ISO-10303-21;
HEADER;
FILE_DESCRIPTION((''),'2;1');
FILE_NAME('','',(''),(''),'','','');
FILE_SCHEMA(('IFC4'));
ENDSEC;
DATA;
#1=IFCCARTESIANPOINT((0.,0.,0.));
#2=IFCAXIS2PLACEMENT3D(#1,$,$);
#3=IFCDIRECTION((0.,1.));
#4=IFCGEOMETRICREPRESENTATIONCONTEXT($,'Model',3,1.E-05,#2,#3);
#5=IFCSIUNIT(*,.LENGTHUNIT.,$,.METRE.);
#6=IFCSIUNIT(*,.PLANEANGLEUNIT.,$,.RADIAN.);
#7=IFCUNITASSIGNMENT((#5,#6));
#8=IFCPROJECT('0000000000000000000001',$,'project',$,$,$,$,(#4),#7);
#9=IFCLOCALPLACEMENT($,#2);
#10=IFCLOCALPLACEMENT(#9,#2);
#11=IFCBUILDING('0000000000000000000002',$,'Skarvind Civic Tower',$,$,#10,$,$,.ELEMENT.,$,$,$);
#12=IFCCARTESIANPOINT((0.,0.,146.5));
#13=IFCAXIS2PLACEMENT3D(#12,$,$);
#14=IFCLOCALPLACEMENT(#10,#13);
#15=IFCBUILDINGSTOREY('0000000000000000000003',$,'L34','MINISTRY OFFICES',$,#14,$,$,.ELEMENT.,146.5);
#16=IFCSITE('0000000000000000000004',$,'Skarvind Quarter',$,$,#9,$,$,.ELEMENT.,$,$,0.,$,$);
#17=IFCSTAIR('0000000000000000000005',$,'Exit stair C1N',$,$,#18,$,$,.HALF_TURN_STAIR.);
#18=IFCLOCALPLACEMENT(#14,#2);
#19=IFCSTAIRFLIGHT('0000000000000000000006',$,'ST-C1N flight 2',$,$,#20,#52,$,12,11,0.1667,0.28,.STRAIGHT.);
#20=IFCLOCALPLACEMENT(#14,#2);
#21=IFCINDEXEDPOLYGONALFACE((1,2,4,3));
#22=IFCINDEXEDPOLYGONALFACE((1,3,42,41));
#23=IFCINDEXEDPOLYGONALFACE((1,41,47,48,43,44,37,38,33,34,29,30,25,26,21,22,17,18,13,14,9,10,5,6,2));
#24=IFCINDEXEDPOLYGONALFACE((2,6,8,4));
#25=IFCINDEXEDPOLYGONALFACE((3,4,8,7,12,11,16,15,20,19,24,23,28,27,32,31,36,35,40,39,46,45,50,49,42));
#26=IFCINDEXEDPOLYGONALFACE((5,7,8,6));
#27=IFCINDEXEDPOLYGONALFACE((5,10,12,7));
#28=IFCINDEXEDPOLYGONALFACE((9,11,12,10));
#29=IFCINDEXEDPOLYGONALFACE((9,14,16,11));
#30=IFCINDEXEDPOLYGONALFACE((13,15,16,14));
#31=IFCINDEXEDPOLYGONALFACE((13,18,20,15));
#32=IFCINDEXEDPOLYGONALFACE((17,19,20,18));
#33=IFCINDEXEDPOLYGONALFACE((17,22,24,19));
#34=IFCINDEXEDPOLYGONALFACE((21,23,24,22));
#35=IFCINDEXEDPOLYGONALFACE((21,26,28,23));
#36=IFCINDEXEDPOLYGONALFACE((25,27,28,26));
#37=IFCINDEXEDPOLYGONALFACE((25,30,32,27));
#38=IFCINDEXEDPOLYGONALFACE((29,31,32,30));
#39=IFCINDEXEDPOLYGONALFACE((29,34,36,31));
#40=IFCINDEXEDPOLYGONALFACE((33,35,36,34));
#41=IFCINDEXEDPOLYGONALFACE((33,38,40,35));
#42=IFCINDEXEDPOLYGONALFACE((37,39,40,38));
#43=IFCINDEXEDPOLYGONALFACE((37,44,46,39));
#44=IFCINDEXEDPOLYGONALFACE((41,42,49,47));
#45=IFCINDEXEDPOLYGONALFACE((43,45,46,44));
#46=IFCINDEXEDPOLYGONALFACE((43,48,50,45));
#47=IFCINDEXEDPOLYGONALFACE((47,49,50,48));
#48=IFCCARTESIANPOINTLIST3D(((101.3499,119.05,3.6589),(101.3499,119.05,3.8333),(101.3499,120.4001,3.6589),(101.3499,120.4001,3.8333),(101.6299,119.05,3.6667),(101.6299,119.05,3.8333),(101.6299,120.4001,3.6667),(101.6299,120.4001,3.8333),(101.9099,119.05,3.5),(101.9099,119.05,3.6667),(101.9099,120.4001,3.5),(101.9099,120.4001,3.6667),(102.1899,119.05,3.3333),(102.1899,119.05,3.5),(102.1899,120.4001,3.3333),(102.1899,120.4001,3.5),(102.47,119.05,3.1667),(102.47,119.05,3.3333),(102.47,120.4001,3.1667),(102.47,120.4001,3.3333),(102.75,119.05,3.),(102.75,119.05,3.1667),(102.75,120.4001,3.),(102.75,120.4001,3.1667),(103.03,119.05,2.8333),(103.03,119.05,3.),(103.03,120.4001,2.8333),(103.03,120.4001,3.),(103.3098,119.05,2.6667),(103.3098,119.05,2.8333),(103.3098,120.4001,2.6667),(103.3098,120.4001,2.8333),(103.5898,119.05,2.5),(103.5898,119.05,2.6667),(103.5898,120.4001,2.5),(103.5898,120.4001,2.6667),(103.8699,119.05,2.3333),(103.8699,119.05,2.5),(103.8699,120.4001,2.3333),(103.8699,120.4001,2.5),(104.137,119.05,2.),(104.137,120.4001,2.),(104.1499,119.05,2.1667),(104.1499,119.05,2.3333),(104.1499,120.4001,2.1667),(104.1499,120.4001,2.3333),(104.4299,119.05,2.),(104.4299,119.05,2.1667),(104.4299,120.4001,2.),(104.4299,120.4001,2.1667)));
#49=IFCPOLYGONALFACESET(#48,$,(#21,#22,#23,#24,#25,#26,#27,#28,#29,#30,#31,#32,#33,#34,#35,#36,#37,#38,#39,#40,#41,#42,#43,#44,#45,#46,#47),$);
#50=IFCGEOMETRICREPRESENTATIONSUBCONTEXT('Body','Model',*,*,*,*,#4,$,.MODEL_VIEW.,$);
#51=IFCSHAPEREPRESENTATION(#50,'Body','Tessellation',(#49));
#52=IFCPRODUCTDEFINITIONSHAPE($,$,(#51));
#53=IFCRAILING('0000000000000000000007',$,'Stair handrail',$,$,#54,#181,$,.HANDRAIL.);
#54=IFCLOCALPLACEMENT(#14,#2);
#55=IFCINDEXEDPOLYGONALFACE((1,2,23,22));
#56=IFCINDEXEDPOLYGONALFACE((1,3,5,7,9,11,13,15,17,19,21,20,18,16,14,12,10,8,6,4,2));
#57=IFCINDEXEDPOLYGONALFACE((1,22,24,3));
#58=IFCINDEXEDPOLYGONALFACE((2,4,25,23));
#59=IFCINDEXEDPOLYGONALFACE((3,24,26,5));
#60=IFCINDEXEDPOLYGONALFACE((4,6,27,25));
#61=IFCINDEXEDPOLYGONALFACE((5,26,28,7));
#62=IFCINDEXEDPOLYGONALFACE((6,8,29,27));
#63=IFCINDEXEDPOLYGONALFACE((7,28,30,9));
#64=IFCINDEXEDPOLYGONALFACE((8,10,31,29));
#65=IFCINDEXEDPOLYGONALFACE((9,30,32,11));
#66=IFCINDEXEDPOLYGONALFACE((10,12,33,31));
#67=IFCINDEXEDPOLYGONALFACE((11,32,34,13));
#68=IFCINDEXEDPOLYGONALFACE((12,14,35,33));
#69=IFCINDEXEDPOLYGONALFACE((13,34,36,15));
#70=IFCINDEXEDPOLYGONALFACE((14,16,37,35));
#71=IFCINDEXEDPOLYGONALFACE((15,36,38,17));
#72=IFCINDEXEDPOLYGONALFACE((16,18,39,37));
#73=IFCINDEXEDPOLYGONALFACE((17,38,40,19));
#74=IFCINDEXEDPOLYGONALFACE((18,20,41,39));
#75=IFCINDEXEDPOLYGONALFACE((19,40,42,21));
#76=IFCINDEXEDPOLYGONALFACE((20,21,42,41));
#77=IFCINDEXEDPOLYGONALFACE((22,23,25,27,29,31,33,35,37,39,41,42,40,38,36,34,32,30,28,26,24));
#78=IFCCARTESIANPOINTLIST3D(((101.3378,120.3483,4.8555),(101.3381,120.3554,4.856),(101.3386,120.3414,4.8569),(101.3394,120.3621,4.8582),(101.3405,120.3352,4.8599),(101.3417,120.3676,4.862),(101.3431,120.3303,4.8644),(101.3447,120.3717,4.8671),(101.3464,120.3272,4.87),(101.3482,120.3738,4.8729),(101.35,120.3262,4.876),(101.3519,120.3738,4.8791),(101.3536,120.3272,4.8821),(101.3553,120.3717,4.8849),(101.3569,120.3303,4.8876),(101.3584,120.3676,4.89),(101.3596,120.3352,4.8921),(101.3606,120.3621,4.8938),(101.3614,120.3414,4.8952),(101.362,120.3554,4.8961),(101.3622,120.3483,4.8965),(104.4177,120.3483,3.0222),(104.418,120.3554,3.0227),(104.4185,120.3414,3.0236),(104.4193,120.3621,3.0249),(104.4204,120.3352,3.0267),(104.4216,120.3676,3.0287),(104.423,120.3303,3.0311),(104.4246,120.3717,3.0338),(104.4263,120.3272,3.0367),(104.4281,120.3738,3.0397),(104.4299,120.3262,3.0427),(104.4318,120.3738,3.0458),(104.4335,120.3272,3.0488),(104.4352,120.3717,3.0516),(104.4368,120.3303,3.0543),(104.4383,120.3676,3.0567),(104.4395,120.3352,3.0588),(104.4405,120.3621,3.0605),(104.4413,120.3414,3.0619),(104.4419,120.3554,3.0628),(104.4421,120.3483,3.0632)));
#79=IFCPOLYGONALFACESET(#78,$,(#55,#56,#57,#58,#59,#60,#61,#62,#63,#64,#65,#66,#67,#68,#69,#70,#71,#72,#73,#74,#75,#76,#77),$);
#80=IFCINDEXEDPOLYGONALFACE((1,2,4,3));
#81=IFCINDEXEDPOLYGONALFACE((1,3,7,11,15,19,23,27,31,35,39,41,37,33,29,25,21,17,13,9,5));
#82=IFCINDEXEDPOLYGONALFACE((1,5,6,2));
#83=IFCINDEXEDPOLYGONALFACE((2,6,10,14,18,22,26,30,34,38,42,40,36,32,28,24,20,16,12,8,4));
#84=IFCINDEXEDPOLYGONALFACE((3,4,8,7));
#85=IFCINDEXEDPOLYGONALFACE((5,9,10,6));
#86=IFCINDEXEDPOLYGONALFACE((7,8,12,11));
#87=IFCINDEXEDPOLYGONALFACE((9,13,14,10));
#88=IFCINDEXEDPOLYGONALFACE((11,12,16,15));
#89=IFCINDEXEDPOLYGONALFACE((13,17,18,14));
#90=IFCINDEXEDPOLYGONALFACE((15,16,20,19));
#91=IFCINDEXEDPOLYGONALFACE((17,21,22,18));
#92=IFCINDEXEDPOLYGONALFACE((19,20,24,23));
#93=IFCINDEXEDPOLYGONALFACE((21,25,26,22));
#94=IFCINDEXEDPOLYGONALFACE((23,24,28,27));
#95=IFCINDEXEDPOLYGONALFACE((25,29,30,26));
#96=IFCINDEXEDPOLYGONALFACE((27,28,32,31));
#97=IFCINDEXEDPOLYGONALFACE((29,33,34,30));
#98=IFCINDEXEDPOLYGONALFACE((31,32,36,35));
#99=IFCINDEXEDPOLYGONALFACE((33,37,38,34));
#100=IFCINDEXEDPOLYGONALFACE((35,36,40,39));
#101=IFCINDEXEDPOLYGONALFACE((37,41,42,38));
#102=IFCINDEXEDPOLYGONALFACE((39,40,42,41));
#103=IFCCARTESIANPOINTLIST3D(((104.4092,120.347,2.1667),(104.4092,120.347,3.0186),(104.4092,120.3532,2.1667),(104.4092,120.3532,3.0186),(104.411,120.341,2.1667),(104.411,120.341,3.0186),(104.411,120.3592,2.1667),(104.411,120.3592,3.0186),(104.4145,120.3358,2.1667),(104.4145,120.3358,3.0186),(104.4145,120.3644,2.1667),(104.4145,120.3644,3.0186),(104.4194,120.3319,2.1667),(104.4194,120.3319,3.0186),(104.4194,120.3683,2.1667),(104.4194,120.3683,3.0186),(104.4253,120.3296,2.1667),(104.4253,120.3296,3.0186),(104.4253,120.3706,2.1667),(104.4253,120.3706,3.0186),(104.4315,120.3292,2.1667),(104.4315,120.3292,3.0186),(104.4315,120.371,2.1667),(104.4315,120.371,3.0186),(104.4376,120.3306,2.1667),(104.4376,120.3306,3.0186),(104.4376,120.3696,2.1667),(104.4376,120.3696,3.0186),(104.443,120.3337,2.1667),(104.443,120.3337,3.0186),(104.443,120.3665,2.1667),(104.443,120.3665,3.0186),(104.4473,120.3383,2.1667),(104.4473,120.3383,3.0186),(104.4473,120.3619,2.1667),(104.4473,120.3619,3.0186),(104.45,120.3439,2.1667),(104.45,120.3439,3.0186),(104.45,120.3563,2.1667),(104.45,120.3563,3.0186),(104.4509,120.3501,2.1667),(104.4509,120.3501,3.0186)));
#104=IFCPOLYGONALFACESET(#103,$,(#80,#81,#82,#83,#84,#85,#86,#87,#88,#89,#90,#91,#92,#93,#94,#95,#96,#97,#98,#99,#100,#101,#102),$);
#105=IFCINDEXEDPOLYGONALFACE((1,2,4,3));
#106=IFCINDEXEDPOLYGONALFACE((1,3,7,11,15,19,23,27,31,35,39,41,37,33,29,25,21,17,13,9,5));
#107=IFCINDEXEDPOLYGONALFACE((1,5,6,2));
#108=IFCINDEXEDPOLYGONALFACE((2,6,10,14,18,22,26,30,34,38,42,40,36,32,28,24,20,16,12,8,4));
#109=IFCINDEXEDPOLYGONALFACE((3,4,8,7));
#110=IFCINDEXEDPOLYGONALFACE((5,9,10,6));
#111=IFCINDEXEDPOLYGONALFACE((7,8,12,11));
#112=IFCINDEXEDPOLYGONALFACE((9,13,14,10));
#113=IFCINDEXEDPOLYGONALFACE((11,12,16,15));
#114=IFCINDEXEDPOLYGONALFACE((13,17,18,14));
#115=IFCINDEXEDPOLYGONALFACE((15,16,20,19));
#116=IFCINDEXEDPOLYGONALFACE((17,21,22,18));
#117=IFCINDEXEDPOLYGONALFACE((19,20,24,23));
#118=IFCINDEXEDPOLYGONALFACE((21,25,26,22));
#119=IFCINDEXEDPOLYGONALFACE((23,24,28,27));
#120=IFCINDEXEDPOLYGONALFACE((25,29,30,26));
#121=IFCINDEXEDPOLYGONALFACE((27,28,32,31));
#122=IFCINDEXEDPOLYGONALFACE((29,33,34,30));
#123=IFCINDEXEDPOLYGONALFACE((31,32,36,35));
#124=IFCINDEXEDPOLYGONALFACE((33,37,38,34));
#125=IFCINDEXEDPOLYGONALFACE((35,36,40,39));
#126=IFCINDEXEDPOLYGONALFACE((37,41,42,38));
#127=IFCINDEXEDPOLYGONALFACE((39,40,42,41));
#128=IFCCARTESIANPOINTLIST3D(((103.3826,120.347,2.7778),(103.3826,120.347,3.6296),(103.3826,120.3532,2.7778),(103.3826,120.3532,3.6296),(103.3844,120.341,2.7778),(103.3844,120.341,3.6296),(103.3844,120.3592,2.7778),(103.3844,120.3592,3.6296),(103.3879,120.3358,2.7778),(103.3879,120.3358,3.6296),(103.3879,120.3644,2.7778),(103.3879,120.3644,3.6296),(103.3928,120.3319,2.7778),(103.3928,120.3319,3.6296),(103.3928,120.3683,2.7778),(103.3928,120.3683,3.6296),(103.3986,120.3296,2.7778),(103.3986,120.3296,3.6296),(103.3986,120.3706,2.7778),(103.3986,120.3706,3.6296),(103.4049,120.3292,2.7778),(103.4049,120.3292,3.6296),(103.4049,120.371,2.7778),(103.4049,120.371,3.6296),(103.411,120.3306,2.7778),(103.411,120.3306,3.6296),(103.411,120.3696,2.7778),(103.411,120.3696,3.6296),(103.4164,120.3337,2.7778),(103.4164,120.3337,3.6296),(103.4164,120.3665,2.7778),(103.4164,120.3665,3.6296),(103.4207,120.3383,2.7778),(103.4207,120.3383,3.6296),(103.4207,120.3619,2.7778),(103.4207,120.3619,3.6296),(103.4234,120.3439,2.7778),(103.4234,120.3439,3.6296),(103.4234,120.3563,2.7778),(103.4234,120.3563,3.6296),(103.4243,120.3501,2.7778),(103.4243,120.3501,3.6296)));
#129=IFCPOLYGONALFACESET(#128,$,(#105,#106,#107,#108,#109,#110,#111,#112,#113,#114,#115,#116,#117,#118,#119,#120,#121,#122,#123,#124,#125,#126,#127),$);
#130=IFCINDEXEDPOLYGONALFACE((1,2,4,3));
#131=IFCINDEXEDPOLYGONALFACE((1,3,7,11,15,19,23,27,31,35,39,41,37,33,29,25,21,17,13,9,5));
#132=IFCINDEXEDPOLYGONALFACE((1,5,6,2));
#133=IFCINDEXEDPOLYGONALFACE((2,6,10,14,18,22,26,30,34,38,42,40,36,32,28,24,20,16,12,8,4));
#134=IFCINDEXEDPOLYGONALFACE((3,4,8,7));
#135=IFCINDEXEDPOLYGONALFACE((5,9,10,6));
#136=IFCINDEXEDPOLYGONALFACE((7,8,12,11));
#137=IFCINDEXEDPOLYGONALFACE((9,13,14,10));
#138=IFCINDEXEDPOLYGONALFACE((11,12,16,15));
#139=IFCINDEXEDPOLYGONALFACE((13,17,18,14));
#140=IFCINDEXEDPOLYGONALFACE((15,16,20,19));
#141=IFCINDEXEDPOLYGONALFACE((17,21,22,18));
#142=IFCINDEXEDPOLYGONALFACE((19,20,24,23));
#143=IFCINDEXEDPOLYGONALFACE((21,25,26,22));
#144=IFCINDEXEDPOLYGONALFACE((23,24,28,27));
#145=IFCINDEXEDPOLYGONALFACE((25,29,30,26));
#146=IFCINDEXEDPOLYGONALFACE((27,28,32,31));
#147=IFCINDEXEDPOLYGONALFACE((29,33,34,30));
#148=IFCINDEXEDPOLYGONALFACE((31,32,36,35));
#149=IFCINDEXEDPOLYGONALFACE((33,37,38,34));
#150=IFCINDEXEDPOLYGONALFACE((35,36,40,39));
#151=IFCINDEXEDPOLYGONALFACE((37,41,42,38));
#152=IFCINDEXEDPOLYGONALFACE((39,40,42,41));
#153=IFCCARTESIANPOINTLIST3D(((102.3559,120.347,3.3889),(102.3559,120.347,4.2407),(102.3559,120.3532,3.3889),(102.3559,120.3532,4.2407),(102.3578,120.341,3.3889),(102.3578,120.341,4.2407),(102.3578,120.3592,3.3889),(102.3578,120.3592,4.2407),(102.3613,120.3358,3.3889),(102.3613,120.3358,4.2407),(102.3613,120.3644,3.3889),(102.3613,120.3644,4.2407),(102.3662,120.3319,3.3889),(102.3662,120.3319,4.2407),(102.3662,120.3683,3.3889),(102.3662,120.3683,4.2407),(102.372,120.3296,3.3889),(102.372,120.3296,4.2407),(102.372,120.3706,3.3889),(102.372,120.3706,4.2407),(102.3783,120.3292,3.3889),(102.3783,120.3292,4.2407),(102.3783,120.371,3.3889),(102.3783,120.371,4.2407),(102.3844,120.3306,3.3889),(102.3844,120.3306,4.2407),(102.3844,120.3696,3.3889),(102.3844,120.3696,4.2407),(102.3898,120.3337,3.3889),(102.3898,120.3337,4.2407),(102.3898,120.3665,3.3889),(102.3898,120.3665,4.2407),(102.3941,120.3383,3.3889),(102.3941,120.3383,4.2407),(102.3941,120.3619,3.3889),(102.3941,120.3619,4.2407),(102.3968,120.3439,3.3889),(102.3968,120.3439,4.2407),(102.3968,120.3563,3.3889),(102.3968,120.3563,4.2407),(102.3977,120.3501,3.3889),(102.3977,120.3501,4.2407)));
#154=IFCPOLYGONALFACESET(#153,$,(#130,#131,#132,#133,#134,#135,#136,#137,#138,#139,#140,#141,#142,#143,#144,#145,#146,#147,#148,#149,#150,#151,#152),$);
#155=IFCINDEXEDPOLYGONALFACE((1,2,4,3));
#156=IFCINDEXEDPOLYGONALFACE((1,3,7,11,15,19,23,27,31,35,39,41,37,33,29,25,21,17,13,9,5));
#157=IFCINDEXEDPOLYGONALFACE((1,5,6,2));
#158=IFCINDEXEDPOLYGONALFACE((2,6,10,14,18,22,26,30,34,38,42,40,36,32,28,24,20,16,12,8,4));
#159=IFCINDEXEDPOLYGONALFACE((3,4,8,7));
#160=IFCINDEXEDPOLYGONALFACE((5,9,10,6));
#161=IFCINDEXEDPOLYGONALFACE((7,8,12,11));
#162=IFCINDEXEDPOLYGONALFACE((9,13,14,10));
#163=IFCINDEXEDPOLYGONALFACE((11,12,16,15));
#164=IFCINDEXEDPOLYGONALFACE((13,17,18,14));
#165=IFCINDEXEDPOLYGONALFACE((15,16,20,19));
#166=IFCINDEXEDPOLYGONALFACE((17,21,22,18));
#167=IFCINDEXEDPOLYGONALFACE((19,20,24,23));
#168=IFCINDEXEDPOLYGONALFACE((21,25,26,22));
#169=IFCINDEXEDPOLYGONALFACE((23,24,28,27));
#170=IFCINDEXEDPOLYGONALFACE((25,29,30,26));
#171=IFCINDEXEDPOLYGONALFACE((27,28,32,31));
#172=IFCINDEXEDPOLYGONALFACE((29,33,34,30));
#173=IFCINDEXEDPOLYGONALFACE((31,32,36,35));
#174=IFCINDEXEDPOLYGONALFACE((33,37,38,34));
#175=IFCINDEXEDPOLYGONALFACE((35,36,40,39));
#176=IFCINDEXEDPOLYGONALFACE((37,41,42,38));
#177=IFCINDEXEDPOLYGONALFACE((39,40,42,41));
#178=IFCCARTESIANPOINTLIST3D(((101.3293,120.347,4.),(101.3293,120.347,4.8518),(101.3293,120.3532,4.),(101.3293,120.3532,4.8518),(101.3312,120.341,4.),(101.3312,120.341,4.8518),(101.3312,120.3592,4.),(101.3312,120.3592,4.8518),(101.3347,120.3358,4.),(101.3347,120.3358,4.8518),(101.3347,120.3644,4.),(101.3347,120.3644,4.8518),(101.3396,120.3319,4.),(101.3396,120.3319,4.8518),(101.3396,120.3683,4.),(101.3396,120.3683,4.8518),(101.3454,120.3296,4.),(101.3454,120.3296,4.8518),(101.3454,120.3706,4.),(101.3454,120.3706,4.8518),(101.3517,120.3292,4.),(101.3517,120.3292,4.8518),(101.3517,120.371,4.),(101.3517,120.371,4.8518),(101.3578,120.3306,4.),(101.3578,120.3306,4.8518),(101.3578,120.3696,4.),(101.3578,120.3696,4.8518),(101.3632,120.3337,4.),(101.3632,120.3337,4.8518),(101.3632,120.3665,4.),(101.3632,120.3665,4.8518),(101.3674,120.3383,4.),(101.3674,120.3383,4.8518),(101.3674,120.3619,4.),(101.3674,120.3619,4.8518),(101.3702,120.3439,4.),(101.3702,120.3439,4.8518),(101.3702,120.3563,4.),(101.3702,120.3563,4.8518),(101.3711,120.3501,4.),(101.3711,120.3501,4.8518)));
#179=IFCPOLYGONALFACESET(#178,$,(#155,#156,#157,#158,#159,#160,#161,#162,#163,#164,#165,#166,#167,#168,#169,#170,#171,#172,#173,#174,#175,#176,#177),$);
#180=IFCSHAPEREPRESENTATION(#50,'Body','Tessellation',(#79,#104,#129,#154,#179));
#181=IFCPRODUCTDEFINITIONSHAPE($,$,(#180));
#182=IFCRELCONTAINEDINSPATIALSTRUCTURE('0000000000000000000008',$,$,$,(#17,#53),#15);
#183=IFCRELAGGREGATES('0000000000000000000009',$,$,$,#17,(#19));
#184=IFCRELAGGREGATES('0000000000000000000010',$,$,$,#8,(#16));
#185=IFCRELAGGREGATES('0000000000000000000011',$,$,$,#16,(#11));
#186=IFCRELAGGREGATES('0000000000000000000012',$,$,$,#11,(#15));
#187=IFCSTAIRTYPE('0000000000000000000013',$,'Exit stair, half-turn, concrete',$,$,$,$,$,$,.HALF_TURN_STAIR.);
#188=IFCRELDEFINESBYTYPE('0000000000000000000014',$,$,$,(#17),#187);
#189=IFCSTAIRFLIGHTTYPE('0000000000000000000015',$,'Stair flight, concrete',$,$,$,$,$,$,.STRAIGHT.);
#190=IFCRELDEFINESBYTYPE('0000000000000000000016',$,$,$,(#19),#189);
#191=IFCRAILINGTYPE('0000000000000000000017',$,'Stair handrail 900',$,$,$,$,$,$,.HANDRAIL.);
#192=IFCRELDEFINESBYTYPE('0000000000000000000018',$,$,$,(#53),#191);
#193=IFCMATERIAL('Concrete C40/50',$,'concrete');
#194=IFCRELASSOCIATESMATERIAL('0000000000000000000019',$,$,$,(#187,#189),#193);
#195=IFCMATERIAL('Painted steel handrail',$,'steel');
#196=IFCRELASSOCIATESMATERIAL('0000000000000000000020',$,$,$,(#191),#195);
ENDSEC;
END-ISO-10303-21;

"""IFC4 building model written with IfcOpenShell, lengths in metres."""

from ifc_helpers import new_model, si_unit, direction, frame, origin, origin_2d, place, context, subcontext, project, spatial, polyline, circle, outline, extrude, material, type_object, element, aggregate, save


model = new_model("IFC4")

# Units and contexts
model_context = context("Model", 3, precision=1e-05, world=origin(), true_north=direction((0.0, 1.0)))
body_context = subcontext(model_context, "Body", "Model", "MODEL_VIEW")
ifc_project = project(units=[si_unit("LENGTHUNIT", "METRE"), si_unit("PLANEANGLEUNIT", "RADIAN")], contexts=[model_context])

# Site, building, storey
site_placement = place(None, origin())
site = spatial("IfcSite", under=ifc_project, at=site_placement, Name="Skarvind Quarter", CompositionType="ELEMENT", RefElevation=0.0)
building_placement = place(site_placement, origin())
building = spatial("IfcBuilding", under=site, at=building_placement, Name="Skarvind Civic Tower", CompositionType="ELEMENT")
storey_placement = place(building_placement, frame((0.0, 0.0, 146.5)))
storey = spatial("IfcBuildingStorey", under=building, at=storey_placement, Name="L34", Description="MINISTRY OFFICES", CompositionType="ELEMENT", Elevation=146.5)

# Stair, stair flight
ifc_material_1 = material(Name="Concrete C40/50", Category="concrete")
stair_type = type_object("IfcStairType", Name="Exit stair, half-turn, concrete", PredefinedType="HALF_TURN_STAIR", material=ifc_material_1)
stair_placement = place(storey_placement, origin())
stair = element("IfcStair", 1, at=stair_placement, inside=storey, type_object=stair_type, Name="Exit stair C1N", PredefinedType="HALF_TURN_STAIR")
stair_flight_type = type_object("IfcStairFlightType", Name="Stair flight, concrete", PredefinedType="STRAIGHT", material=ifc_material_1)
stair_flight_1_placement = place(storey_placement, frame((104.4299, 119.7251, 2.0), z_axis=(0.0, 0.0, 1.0), x_axis=(-1.0, 0.0, 0.0)))
stair_flight_1 = element("IfcStairFlight", 2, at=stair_flight_1_placement, type_object=stair_flight_type, Name="ST-C1N flight 2", NumberOfRisers=12, NumberOfTreads=11, PredefinedType="STRAIGHT", RiserHeight=0.1667, TreadLength=0.28, context=body_context, shape_type="SweptSolid", body=[
    extrude(outline(polyline([(0.0, 0.0), (0.0, 0.1667), (0.28, 0.1667), (0.28, 0.3333), (0.5601, 0.3333), (0.5601, 0.5), (0.8401, 0.5), (0.8401, 0.6667), (1.1201, 0.6667), (1.1201, 0.8333), (1.3999, 0.8333), (1.3999, 1.0), (1.6799, 1.0), (1.6799, 1.1667), (1.96, 1.1667), (1.96, 1.3333), (2.24, 1.3333), (2.24, 1.5), (2.52, 1.5), (2.52, 1.6667), (2.8, 1.6667), (2.8, 1.8333), (3.0801, 1.8333), (3.0801, 2.0), (3.0801, 1.6589), (0.293, 0.0), (0.0, 0.0)])), frame((0.0, 0.675, 0.0), z_axis=(0.0, -1.0, 0.0), x_axis=(1.0, 0.0, 0.0)), (0.0, 0.0, 1.0), 1.3501),
])
aggregate(stair, [stair_flight_1])

# Railing
ifc_material_2 = material(Name="Painted steel handrail", Category="steel")
railing_type = type_object("IfcRailingType", Name="Stair handrail 900", PredefinedType="HANDRAIL", material=ifc_material_2)
railing_placement = place(storey_placement, frame((104.4299, 120.3501, 2.1667)))
element("IfcRailing", 3, at=railing_placement, inside=storey, type_object=railing_type, Name="Stair handrail", PredefinedType="HANDRAIL", context=body_context, shape_type="SweptSolid", body=[
    extrude(circle(Radius=0.0239, at=origin_2d()), frame((0.0, 0.0, 0.876), z_axis=(-0.859291, 0.0, 0.511487), x_axis=(0.0, -1.0, 0.0)), (0.0, 0.0, 1.0), 3.5842),
    extrude(circle(Radius=0.021, at=origin_2d()), origin(), (0.0, 0.0, 1.0), 0.8518),
    extrude(circle(Radius=0.021, at=origin_2d()), frame((-1.0266, 0.0, 0.6111)), (0.0, 0.0, 1.0), 0.8518),
    extrude(circle(Radius=0.021, at=origin_2d()), frame((-2.0532, 0.0, 1.2222)), (0.0, 0.0, 1.0), 0.8518),
    extrude(circle(Radius=0.021, at=origin_2d()), frame((-3.0798, 0.0, 1.8333)), (0.0, 0.0, 1.0), 0.8518),
])

save(model, "model.ifc")
